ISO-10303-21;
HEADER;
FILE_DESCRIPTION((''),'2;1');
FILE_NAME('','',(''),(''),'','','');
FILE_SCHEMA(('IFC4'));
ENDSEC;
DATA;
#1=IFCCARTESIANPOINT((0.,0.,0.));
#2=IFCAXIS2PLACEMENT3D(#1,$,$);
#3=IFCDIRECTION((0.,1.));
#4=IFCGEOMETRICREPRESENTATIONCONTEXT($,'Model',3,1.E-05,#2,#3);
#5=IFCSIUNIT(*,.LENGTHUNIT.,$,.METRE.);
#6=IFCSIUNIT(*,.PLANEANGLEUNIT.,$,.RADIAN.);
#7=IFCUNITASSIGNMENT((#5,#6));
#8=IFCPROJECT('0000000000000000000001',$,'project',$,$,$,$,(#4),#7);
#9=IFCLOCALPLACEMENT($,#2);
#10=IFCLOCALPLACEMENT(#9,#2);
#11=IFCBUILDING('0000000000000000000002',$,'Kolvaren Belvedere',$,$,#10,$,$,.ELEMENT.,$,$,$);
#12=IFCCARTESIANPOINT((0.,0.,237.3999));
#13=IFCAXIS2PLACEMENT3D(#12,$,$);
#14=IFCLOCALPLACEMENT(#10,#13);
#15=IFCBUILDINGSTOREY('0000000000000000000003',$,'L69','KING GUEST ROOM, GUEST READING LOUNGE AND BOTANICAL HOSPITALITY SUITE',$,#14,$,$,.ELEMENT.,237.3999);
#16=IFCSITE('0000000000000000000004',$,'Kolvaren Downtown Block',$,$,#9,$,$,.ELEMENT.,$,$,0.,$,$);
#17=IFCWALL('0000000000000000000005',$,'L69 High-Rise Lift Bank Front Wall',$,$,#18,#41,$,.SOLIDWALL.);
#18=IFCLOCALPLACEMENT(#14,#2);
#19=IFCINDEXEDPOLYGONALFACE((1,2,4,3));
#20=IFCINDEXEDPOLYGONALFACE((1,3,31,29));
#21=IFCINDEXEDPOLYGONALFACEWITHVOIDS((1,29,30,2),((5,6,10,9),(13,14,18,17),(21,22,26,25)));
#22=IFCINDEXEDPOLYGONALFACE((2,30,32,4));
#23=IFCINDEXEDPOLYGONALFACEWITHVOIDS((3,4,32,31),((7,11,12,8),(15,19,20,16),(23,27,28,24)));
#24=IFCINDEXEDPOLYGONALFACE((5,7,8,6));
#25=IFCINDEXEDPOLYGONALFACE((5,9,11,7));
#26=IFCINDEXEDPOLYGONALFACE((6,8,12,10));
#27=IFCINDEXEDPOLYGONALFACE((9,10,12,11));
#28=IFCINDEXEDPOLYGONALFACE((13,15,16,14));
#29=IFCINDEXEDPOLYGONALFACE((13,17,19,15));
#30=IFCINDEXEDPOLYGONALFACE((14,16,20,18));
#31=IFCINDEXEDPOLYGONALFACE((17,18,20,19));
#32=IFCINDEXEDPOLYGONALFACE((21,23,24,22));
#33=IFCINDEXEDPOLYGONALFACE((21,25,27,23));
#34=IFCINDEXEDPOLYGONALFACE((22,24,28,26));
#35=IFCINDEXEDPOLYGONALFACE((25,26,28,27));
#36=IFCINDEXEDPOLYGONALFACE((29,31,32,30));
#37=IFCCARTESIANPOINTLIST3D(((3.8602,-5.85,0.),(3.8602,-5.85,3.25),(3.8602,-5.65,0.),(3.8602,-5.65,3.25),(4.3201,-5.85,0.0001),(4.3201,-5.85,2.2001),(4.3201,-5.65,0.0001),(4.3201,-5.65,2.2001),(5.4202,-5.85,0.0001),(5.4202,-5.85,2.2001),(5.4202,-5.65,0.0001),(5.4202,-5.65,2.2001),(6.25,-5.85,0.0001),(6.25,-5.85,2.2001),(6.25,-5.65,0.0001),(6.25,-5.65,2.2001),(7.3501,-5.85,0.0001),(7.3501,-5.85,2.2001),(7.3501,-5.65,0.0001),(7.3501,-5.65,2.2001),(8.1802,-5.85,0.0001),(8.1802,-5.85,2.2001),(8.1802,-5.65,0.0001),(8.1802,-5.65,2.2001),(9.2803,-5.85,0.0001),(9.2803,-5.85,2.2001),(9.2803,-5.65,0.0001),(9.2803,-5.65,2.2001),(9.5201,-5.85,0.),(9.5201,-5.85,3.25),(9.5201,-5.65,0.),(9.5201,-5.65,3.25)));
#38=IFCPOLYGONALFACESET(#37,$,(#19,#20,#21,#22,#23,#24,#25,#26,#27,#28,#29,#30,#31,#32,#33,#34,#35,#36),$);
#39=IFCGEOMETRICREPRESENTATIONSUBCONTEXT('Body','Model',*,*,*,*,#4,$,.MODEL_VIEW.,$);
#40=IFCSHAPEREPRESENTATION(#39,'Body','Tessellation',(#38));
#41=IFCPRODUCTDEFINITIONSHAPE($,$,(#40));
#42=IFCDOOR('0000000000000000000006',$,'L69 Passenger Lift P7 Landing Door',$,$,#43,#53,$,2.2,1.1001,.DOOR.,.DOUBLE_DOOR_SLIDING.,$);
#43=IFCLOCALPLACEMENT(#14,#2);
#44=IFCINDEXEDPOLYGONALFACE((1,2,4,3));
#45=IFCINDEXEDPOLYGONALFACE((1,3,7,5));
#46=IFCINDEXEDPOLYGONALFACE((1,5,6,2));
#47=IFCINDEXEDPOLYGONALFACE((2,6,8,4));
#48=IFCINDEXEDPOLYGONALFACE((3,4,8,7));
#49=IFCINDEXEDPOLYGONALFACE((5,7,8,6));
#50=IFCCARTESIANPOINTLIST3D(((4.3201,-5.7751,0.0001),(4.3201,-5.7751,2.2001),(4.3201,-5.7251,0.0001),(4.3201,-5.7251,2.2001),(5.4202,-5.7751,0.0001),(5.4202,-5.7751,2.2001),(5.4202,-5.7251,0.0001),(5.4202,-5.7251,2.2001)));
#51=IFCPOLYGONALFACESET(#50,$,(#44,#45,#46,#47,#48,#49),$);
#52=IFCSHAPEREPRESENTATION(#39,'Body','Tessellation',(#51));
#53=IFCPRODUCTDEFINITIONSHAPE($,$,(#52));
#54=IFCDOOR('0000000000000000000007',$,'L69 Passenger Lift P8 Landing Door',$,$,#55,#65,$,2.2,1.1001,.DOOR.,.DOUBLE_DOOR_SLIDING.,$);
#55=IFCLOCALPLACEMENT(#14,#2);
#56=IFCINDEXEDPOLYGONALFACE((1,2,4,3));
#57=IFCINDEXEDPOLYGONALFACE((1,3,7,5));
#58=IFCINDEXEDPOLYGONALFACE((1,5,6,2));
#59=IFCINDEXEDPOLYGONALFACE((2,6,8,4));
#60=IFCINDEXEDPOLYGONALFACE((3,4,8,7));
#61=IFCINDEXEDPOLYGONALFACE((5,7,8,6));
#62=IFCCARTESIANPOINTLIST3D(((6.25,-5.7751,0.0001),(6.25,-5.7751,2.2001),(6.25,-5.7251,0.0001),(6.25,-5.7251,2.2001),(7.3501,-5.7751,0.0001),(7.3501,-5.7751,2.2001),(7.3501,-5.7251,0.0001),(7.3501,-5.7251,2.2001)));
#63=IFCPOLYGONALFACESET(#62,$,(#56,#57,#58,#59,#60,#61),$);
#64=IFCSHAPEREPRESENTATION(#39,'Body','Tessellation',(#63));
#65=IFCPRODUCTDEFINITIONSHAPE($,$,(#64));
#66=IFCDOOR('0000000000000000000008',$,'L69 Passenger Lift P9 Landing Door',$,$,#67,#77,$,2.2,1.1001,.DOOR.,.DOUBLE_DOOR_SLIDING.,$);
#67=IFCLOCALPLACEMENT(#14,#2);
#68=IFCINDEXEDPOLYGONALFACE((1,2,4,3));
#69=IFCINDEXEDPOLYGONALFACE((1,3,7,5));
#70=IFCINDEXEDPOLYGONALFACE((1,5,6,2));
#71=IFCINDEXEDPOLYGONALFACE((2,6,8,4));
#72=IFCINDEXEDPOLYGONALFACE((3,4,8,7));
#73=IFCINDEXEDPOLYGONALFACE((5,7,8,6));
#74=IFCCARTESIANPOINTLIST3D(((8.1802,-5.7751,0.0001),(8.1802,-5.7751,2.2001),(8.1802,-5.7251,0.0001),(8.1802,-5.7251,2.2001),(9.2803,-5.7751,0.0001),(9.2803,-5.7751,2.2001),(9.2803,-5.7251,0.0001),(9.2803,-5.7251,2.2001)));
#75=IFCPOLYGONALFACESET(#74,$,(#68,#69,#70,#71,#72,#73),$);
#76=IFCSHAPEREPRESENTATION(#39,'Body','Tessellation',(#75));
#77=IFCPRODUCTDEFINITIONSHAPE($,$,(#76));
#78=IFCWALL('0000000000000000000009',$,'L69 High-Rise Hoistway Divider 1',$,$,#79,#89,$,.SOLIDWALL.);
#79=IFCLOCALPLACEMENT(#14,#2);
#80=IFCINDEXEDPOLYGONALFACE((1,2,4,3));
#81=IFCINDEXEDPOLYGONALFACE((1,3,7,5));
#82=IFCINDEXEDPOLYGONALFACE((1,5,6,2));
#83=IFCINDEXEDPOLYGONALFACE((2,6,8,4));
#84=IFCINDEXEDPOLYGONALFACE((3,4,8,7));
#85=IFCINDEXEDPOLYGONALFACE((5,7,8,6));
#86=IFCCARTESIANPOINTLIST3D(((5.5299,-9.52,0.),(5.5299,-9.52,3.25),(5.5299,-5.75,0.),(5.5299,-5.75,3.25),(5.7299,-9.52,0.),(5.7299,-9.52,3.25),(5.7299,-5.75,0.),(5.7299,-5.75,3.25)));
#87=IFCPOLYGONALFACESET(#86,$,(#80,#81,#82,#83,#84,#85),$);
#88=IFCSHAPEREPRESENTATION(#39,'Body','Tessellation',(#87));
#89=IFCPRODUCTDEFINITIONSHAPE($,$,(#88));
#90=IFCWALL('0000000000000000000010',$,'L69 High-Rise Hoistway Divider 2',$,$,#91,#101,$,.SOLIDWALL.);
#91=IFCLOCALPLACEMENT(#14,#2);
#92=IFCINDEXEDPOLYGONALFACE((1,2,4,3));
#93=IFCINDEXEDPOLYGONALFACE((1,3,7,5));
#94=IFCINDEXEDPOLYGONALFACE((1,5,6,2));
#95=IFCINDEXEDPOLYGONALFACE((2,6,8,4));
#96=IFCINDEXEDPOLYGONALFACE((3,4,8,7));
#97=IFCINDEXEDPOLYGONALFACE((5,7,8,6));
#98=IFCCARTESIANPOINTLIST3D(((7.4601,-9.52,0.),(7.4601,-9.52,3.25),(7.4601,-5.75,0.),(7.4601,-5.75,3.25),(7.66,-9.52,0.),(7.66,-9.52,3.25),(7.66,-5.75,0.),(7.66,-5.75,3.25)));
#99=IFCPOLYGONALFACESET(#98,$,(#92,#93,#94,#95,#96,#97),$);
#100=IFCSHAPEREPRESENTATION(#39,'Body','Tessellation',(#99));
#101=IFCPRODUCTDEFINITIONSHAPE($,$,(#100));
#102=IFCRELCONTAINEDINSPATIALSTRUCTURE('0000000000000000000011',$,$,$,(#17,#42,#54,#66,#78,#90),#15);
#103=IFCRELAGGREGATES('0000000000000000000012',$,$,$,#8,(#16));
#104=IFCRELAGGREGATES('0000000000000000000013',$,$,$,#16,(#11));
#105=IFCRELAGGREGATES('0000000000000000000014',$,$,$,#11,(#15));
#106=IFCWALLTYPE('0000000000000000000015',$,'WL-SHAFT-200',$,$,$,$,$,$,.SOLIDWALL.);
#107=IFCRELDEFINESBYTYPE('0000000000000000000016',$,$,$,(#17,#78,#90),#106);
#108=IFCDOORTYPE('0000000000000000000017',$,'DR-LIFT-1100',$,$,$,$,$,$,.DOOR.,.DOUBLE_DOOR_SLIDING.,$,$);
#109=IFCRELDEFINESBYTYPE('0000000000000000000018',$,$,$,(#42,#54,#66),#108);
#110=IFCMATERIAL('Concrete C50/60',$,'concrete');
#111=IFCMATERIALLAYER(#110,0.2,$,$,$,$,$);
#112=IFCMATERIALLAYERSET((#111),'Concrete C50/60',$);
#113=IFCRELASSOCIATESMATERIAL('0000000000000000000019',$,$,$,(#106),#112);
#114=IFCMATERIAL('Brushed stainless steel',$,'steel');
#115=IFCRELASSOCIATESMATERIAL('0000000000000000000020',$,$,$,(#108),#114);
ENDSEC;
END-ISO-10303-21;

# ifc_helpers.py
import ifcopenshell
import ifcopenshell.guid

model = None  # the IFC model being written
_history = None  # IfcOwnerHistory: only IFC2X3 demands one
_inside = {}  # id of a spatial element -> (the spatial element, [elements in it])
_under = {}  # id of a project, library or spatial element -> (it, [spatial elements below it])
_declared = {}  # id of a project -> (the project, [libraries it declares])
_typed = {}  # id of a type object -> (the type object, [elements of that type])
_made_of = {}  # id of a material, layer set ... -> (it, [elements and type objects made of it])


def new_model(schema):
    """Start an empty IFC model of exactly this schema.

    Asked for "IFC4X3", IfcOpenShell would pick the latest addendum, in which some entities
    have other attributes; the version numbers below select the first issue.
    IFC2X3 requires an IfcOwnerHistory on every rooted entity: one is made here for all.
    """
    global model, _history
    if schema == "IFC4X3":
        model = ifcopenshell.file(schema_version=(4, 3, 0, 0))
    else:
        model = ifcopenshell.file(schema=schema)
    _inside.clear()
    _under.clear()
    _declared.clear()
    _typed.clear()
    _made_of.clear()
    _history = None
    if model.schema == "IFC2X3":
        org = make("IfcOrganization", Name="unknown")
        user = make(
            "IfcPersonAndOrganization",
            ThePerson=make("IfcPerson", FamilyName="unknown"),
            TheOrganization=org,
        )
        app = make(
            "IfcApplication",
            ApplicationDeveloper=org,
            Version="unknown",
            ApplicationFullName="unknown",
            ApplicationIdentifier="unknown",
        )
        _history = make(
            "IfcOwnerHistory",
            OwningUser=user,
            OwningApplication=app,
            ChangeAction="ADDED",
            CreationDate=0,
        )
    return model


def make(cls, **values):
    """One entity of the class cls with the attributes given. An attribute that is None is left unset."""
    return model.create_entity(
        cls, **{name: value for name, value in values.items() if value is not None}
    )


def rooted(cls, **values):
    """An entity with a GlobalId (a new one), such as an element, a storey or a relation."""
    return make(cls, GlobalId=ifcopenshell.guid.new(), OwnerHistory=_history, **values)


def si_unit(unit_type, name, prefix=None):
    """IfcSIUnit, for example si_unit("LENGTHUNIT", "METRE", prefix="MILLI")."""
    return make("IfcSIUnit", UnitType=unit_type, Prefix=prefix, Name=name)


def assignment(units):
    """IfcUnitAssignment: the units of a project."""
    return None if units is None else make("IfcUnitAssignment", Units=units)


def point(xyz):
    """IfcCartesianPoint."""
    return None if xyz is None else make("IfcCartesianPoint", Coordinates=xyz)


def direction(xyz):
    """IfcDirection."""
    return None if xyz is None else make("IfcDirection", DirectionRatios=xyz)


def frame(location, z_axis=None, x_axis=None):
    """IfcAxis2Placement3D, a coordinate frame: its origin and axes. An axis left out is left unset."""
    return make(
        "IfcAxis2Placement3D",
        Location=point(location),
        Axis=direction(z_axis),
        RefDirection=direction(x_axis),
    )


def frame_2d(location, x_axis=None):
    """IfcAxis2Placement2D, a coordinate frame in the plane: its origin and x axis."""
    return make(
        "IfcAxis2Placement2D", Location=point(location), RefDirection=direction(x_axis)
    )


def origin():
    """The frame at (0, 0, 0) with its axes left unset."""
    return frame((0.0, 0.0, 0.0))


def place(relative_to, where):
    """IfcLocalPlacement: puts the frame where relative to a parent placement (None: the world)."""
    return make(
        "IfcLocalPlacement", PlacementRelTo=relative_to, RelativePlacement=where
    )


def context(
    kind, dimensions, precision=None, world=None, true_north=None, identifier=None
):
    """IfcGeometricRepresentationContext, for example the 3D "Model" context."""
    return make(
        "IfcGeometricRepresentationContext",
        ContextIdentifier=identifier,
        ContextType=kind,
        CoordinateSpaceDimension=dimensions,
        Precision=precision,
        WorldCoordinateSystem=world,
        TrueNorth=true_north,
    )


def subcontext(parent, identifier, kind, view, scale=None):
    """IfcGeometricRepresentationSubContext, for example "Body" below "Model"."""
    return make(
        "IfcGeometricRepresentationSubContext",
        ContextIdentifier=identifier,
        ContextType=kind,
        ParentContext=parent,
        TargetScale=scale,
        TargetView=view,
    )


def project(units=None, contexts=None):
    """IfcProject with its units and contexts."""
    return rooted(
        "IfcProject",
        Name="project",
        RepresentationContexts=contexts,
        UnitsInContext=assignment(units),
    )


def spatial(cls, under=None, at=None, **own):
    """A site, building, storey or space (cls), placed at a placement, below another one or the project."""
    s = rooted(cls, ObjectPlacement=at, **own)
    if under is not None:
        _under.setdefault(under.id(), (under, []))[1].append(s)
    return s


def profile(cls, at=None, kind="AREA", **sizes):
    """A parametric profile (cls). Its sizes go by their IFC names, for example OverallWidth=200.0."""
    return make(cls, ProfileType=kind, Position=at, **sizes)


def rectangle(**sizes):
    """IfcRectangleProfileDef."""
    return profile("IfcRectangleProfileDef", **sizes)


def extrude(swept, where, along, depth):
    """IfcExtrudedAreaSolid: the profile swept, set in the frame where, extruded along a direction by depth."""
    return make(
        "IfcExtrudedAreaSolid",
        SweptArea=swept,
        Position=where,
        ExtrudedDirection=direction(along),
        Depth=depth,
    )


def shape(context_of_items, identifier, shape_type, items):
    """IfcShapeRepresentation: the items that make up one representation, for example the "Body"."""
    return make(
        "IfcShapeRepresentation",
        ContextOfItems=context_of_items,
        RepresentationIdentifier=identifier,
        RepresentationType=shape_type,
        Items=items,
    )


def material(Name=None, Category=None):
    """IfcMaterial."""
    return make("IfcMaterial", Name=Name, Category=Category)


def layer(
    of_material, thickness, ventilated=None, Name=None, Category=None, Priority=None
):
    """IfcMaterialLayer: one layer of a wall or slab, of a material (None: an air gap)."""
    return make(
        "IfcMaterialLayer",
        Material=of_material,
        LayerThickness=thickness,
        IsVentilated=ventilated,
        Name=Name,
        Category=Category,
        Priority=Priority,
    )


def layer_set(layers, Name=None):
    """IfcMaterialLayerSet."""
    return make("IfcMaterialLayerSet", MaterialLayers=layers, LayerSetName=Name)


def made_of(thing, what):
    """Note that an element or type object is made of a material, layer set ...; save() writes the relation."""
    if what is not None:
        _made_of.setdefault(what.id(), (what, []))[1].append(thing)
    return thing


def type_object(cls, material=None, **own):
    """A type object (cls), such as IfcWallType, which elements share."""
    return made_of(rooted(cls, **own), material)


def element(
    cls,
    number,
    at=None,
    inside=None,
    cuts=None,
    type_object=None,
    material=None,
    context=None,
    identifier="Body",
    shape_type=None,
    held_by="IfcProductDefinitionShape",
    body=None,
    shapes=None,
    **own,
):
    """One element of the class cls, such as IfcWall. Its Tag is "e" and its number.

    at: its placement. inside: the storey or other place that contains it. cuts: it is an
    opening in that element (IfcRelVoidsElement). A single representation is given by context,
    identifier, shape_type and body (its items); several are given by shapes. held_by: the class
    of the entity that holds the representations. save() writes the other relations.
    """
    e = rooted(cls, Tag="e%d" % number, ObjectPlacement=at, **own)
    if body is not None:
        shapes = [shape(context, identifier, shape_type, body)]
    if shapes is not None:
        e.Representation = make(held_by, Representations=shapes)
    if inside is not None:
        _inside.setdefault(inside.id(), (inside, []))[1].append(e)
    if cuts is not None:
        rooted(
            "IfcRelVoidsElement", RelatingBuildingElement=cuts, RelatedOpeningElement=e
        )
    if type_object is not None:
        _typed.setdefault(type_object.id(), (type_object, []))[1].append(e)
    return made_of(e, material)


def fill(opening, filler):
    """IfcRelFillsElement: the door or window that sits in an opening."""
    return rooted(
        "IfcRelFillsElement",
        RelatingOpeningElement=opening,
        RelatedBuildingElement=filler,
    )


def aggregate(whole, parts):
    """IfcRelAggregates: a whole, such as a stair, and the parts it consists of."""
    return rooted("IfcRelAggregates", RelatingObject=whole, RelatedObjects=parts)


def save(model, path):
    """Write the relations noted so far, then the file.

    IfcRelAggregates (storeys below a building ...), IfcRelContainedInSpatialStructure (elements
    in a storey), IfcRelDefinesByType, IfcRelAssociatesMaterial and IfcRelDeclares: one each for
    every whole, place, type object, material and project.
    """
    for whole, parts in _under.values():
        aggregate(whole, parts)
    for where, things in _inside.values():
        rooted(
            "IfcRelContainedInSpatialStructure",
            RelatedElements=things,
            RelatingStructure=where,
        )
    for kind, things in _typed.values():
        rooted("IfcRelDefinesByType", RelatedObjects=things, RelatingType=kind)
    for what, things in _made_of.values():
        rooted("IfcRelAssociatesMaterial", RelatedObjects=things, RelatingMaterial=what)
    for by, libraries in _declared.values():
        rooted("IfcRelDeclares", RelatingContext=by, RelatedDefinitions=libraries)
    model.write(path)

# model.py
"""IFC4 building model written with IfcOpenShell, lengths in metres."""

from ifc_helpers import new_model, si_unit, direction, frame, frame_2d, origin, place, context, subcontext, project, spatial, rectangle, extrude, material, layer, layer_set, type_object, element, fill, save


model = new_model("IFC4")

# Units and contexts
model_context = context("Model", 3, precision=1e-05, world=origin(), true_north=direction((0.0, 1.0)))
body_context = subcontext(model_context, "Body", "Model", "MODEL_VIEW")
ifc_project = project(units=[si_unit("LENGTHUNIT", "METRE"), si_unit("PLANEANGLEUNIT", "RADIAN")], contexts=[model_context])

# Site, building, storey
site_placement = place(None, origin())
site = spatial("IfcSite", under=ifc_project, at=site_placement, Name="Kolvaren Downtown Block", CompositionType="ELEMENT", RefElevation=0.0)
building_placement = place(site_placement, origin())
building = spatial("IfcBuilding", under=site, at=building_placement, Name="Kolvaren Belvedere", CompositionType="ELEMENT")
storey_placement = place(building_placement, frame((0.0, 0.0, 237.3999)))
storey = spatial("IfcBuildingStorey", under=building, at=storey_placement, Name="L69", Description="KING GUEST ROOM, GUEST READING LOUNGE AND BOTANICAL HOSPITALITY SUITE", CompositionType="ELEMENT", Elevation=237.3999)

# Shared definitions
ifc_material_1 = material(Name="Concrete C50/60", Category="concrete")
ifc_layer_1 = layer(ifc_material_1, 0.2)
ifc_layer_set_1 = layer_set([ifc_layer_1], Name="Concrete C50/60")
wall_type_1 = type_object("IfcWallType", Name="WL-SHAFT-200", PredefinedType="SOLIDWALL", material=ifc_layer_set_1)
ifc_material_2 = material(Name="Brushed stainless steel", Category="steel")
door_type_1 = type_object("IfcDoorType", Name="DR-LIFT-1100", OperationType="DOUBLE_DOOR_SLIDING", PredefinedType="DOOR", material=ifc_material_2)

# Wall, openings, doors
wall_1_placement = place(storey_placement, frame((3.8601, -5.75, 0.0), z_axis=(0.0, 0.0, 1.0), x_axis=(1.0, 0.0, 0.0)))
wall_1 = element("IfcWall", 1, at=wall_1_placement, inside=storey, type_object=wall_type_1, Name="L69 High-Rise Lift Bank Front Wall", PredefinedType="SOLIDWALL", context=body_context, shape_type="SweptSolid", body=[
    extrude(rectangle(XDim=5.6599, YDim=0.2, at=frame_2d((2.8301, 0.0))), origin(), (0.0, 0.0, 1.0), 3.25),
])
opening_1_placement = place(wall_1_placement, frame((0.46, 0.0, 0.0)))
opening_1 = element("IfcOpeningElement", 2, at=opening_1_placement, cuts=wall_1, PredefinedType="OPENING", context=body_context, shape_type="SweptSolid", body=[
    extrude(rectangle(XDim=1.1001, YDim=2.2, at=frame_2d((0.55, 1.1001))), frame((0.0, 0.1099, 0.0), z_axis=(0.0, -1.0, 0.0), x_axis=(1.0, 0.0, 0.0)), (0.0, 0.0, 1.0), 0.22),
])
opening_2_placement = place(wall_1_placement, frame((2.3899, 0.0, 0.0)))
opening_2 = element("IfcOpeningElement", 3, at=opening_2_placement, cuts=wall_1, PredefinedType="OPENING", context=body_context, shape_type="SweptSolid", body=[
    extrude(rectangle(XDim=1.1001, YDim=2.2, at=frame_2d((0.55, 1.1001))), frame((0.0, 0.1099, 0.0), z_axis=(0.0, -1.0, 0.0), x_axis=(1.0, 0.0, 0.0)), (0.0, 0.0, 1.0), 0.22),
])
opening_3_placement = place(wall_1_placement, frame((4.3201, 0.0, 0.0)))
opening_3 = element("IfcOpeningElement", 4, at=opening_3_placement, cuts=wall_1, PredefinedType="OPENING", context=body_context, shape_type="SweptSolid", body=[
    extrude(rectangle(XDim=1.1001, YDim=2.2, at=frame_2d((0.55, 1.1001))), frame((0.0, 0.1099, 0.0), z_axis=(0.0, -1.0, 0.0), x_axis=(1.0, 0.0, 0.0)), (0.0, 0.0, 1.0), 0.22),
])
door_1_placement = place(opening_1_placement, origin())
door_1 = element("IfcDoor", 5, at=door_1_placement, inside=storey, type_object=door_type_1, Name="L69 Passenger Lift P7 Landing Door", OperationType="DOUBLE_DOOR_SLIDING", OverallHeight=2.2, OverallWidth=1.1001, PredefinedType="DOOR", context=body_context, shape_type="SweptSolid", body=[
    extrude(rectangle(XDim=1.1001, YDim=2.2, at=frame_2d((0.55, 1.1001))), frame((0.0, 0.0249, 0.0), z_axis=(0.0, -1.0, 0.0), x_axis=(1.0, 0.0, 0.0)), (0.0, 0.0, 1.0), 0.05),
])
fill(opening_1, door_1)
door_2_placement = place(opening_2_placement, origin())
door_2 = element("IfcDoor", 6, at=door_2_placement, inside=storey, type_object=door_type_1, Name="L69 Passenger Lift P8 Landing Door", OperationType="DOUBLE_DOOR_SLIDING", OverallHeight=2.2, OverallWidth=1.1001, PredefinedType="DOOR", context=body_context, shape_type="SweptSolid", body=[
    extrude(rectangle(XDim=1.1001, YDim=2.2, at=frame_2d((0.55, 1.1001))), frame((0.0, 0.0249, 0.0), z_axis=(0.0, -1.0, 0.0), x_axis=(1.0, 0.0, 0.0)), (0.0, 0.0, 1.0), 0.05),
])
fill(opening_2, door_2)
door_3_placement = place(opening_3_placement, origin())
door_3 = element("IfcDoor", 7, at=door_3_placement, inside=storey, type_object=door_type_1, Name="L69 Passenger Lift P9 Landing Door", OperationType="DOUBLE_DOOR_SLIDING", OverallHeight=2.2, OverallWidth=1.1001, PredefinedType="DOOR", context=body_context, shape_type="SweptSolid", body=[
    extrude(rectangle(XDim=1.1001, YDim=2.2, at=frame_2d((0.55, 1.1001))), frame((0.0, 0.0249, 0.0), z_axis=(0.0, -1.0, 0.0), x_axis=(1.0, 0.0, 0.0)), (0.0, 0.0, 1.0), 0.05),
])
fill(opening_3, door_3)

# Walls
for number, where, z_axis, x_axis, name in (
    (8, (5.6299, -9.52, 0.0), (0.0, 0.0, 1.0), (0.0, 1.0, 0.0), "L69 High-Rise Hoistway Divider 1"),
    (9, (7.5601, -9.52, 0.0), (0.0, 0.0, 1.0), (0.0, 1.0, 0.0), "L69 High-Rise Hoistway Divider 2"),
):
    element("IfcWall", number, at=place(storey_placement, frame(where, z_axis=z_axis, x_axis=x_axis)), inside=storey, type_object=wall_type_1, Name=name, PredefinedType="SOLIDWALL", context=body_context, shape_type="SweptSolid", body=[
        extrude(rectangle(XDim=3.77, YDim=0.2, at=frame_2d((1.885, 0.0))), origin(), (0.0, 0.0, 1.0), 3.25),
    ])

save(model, "model.ifc")
